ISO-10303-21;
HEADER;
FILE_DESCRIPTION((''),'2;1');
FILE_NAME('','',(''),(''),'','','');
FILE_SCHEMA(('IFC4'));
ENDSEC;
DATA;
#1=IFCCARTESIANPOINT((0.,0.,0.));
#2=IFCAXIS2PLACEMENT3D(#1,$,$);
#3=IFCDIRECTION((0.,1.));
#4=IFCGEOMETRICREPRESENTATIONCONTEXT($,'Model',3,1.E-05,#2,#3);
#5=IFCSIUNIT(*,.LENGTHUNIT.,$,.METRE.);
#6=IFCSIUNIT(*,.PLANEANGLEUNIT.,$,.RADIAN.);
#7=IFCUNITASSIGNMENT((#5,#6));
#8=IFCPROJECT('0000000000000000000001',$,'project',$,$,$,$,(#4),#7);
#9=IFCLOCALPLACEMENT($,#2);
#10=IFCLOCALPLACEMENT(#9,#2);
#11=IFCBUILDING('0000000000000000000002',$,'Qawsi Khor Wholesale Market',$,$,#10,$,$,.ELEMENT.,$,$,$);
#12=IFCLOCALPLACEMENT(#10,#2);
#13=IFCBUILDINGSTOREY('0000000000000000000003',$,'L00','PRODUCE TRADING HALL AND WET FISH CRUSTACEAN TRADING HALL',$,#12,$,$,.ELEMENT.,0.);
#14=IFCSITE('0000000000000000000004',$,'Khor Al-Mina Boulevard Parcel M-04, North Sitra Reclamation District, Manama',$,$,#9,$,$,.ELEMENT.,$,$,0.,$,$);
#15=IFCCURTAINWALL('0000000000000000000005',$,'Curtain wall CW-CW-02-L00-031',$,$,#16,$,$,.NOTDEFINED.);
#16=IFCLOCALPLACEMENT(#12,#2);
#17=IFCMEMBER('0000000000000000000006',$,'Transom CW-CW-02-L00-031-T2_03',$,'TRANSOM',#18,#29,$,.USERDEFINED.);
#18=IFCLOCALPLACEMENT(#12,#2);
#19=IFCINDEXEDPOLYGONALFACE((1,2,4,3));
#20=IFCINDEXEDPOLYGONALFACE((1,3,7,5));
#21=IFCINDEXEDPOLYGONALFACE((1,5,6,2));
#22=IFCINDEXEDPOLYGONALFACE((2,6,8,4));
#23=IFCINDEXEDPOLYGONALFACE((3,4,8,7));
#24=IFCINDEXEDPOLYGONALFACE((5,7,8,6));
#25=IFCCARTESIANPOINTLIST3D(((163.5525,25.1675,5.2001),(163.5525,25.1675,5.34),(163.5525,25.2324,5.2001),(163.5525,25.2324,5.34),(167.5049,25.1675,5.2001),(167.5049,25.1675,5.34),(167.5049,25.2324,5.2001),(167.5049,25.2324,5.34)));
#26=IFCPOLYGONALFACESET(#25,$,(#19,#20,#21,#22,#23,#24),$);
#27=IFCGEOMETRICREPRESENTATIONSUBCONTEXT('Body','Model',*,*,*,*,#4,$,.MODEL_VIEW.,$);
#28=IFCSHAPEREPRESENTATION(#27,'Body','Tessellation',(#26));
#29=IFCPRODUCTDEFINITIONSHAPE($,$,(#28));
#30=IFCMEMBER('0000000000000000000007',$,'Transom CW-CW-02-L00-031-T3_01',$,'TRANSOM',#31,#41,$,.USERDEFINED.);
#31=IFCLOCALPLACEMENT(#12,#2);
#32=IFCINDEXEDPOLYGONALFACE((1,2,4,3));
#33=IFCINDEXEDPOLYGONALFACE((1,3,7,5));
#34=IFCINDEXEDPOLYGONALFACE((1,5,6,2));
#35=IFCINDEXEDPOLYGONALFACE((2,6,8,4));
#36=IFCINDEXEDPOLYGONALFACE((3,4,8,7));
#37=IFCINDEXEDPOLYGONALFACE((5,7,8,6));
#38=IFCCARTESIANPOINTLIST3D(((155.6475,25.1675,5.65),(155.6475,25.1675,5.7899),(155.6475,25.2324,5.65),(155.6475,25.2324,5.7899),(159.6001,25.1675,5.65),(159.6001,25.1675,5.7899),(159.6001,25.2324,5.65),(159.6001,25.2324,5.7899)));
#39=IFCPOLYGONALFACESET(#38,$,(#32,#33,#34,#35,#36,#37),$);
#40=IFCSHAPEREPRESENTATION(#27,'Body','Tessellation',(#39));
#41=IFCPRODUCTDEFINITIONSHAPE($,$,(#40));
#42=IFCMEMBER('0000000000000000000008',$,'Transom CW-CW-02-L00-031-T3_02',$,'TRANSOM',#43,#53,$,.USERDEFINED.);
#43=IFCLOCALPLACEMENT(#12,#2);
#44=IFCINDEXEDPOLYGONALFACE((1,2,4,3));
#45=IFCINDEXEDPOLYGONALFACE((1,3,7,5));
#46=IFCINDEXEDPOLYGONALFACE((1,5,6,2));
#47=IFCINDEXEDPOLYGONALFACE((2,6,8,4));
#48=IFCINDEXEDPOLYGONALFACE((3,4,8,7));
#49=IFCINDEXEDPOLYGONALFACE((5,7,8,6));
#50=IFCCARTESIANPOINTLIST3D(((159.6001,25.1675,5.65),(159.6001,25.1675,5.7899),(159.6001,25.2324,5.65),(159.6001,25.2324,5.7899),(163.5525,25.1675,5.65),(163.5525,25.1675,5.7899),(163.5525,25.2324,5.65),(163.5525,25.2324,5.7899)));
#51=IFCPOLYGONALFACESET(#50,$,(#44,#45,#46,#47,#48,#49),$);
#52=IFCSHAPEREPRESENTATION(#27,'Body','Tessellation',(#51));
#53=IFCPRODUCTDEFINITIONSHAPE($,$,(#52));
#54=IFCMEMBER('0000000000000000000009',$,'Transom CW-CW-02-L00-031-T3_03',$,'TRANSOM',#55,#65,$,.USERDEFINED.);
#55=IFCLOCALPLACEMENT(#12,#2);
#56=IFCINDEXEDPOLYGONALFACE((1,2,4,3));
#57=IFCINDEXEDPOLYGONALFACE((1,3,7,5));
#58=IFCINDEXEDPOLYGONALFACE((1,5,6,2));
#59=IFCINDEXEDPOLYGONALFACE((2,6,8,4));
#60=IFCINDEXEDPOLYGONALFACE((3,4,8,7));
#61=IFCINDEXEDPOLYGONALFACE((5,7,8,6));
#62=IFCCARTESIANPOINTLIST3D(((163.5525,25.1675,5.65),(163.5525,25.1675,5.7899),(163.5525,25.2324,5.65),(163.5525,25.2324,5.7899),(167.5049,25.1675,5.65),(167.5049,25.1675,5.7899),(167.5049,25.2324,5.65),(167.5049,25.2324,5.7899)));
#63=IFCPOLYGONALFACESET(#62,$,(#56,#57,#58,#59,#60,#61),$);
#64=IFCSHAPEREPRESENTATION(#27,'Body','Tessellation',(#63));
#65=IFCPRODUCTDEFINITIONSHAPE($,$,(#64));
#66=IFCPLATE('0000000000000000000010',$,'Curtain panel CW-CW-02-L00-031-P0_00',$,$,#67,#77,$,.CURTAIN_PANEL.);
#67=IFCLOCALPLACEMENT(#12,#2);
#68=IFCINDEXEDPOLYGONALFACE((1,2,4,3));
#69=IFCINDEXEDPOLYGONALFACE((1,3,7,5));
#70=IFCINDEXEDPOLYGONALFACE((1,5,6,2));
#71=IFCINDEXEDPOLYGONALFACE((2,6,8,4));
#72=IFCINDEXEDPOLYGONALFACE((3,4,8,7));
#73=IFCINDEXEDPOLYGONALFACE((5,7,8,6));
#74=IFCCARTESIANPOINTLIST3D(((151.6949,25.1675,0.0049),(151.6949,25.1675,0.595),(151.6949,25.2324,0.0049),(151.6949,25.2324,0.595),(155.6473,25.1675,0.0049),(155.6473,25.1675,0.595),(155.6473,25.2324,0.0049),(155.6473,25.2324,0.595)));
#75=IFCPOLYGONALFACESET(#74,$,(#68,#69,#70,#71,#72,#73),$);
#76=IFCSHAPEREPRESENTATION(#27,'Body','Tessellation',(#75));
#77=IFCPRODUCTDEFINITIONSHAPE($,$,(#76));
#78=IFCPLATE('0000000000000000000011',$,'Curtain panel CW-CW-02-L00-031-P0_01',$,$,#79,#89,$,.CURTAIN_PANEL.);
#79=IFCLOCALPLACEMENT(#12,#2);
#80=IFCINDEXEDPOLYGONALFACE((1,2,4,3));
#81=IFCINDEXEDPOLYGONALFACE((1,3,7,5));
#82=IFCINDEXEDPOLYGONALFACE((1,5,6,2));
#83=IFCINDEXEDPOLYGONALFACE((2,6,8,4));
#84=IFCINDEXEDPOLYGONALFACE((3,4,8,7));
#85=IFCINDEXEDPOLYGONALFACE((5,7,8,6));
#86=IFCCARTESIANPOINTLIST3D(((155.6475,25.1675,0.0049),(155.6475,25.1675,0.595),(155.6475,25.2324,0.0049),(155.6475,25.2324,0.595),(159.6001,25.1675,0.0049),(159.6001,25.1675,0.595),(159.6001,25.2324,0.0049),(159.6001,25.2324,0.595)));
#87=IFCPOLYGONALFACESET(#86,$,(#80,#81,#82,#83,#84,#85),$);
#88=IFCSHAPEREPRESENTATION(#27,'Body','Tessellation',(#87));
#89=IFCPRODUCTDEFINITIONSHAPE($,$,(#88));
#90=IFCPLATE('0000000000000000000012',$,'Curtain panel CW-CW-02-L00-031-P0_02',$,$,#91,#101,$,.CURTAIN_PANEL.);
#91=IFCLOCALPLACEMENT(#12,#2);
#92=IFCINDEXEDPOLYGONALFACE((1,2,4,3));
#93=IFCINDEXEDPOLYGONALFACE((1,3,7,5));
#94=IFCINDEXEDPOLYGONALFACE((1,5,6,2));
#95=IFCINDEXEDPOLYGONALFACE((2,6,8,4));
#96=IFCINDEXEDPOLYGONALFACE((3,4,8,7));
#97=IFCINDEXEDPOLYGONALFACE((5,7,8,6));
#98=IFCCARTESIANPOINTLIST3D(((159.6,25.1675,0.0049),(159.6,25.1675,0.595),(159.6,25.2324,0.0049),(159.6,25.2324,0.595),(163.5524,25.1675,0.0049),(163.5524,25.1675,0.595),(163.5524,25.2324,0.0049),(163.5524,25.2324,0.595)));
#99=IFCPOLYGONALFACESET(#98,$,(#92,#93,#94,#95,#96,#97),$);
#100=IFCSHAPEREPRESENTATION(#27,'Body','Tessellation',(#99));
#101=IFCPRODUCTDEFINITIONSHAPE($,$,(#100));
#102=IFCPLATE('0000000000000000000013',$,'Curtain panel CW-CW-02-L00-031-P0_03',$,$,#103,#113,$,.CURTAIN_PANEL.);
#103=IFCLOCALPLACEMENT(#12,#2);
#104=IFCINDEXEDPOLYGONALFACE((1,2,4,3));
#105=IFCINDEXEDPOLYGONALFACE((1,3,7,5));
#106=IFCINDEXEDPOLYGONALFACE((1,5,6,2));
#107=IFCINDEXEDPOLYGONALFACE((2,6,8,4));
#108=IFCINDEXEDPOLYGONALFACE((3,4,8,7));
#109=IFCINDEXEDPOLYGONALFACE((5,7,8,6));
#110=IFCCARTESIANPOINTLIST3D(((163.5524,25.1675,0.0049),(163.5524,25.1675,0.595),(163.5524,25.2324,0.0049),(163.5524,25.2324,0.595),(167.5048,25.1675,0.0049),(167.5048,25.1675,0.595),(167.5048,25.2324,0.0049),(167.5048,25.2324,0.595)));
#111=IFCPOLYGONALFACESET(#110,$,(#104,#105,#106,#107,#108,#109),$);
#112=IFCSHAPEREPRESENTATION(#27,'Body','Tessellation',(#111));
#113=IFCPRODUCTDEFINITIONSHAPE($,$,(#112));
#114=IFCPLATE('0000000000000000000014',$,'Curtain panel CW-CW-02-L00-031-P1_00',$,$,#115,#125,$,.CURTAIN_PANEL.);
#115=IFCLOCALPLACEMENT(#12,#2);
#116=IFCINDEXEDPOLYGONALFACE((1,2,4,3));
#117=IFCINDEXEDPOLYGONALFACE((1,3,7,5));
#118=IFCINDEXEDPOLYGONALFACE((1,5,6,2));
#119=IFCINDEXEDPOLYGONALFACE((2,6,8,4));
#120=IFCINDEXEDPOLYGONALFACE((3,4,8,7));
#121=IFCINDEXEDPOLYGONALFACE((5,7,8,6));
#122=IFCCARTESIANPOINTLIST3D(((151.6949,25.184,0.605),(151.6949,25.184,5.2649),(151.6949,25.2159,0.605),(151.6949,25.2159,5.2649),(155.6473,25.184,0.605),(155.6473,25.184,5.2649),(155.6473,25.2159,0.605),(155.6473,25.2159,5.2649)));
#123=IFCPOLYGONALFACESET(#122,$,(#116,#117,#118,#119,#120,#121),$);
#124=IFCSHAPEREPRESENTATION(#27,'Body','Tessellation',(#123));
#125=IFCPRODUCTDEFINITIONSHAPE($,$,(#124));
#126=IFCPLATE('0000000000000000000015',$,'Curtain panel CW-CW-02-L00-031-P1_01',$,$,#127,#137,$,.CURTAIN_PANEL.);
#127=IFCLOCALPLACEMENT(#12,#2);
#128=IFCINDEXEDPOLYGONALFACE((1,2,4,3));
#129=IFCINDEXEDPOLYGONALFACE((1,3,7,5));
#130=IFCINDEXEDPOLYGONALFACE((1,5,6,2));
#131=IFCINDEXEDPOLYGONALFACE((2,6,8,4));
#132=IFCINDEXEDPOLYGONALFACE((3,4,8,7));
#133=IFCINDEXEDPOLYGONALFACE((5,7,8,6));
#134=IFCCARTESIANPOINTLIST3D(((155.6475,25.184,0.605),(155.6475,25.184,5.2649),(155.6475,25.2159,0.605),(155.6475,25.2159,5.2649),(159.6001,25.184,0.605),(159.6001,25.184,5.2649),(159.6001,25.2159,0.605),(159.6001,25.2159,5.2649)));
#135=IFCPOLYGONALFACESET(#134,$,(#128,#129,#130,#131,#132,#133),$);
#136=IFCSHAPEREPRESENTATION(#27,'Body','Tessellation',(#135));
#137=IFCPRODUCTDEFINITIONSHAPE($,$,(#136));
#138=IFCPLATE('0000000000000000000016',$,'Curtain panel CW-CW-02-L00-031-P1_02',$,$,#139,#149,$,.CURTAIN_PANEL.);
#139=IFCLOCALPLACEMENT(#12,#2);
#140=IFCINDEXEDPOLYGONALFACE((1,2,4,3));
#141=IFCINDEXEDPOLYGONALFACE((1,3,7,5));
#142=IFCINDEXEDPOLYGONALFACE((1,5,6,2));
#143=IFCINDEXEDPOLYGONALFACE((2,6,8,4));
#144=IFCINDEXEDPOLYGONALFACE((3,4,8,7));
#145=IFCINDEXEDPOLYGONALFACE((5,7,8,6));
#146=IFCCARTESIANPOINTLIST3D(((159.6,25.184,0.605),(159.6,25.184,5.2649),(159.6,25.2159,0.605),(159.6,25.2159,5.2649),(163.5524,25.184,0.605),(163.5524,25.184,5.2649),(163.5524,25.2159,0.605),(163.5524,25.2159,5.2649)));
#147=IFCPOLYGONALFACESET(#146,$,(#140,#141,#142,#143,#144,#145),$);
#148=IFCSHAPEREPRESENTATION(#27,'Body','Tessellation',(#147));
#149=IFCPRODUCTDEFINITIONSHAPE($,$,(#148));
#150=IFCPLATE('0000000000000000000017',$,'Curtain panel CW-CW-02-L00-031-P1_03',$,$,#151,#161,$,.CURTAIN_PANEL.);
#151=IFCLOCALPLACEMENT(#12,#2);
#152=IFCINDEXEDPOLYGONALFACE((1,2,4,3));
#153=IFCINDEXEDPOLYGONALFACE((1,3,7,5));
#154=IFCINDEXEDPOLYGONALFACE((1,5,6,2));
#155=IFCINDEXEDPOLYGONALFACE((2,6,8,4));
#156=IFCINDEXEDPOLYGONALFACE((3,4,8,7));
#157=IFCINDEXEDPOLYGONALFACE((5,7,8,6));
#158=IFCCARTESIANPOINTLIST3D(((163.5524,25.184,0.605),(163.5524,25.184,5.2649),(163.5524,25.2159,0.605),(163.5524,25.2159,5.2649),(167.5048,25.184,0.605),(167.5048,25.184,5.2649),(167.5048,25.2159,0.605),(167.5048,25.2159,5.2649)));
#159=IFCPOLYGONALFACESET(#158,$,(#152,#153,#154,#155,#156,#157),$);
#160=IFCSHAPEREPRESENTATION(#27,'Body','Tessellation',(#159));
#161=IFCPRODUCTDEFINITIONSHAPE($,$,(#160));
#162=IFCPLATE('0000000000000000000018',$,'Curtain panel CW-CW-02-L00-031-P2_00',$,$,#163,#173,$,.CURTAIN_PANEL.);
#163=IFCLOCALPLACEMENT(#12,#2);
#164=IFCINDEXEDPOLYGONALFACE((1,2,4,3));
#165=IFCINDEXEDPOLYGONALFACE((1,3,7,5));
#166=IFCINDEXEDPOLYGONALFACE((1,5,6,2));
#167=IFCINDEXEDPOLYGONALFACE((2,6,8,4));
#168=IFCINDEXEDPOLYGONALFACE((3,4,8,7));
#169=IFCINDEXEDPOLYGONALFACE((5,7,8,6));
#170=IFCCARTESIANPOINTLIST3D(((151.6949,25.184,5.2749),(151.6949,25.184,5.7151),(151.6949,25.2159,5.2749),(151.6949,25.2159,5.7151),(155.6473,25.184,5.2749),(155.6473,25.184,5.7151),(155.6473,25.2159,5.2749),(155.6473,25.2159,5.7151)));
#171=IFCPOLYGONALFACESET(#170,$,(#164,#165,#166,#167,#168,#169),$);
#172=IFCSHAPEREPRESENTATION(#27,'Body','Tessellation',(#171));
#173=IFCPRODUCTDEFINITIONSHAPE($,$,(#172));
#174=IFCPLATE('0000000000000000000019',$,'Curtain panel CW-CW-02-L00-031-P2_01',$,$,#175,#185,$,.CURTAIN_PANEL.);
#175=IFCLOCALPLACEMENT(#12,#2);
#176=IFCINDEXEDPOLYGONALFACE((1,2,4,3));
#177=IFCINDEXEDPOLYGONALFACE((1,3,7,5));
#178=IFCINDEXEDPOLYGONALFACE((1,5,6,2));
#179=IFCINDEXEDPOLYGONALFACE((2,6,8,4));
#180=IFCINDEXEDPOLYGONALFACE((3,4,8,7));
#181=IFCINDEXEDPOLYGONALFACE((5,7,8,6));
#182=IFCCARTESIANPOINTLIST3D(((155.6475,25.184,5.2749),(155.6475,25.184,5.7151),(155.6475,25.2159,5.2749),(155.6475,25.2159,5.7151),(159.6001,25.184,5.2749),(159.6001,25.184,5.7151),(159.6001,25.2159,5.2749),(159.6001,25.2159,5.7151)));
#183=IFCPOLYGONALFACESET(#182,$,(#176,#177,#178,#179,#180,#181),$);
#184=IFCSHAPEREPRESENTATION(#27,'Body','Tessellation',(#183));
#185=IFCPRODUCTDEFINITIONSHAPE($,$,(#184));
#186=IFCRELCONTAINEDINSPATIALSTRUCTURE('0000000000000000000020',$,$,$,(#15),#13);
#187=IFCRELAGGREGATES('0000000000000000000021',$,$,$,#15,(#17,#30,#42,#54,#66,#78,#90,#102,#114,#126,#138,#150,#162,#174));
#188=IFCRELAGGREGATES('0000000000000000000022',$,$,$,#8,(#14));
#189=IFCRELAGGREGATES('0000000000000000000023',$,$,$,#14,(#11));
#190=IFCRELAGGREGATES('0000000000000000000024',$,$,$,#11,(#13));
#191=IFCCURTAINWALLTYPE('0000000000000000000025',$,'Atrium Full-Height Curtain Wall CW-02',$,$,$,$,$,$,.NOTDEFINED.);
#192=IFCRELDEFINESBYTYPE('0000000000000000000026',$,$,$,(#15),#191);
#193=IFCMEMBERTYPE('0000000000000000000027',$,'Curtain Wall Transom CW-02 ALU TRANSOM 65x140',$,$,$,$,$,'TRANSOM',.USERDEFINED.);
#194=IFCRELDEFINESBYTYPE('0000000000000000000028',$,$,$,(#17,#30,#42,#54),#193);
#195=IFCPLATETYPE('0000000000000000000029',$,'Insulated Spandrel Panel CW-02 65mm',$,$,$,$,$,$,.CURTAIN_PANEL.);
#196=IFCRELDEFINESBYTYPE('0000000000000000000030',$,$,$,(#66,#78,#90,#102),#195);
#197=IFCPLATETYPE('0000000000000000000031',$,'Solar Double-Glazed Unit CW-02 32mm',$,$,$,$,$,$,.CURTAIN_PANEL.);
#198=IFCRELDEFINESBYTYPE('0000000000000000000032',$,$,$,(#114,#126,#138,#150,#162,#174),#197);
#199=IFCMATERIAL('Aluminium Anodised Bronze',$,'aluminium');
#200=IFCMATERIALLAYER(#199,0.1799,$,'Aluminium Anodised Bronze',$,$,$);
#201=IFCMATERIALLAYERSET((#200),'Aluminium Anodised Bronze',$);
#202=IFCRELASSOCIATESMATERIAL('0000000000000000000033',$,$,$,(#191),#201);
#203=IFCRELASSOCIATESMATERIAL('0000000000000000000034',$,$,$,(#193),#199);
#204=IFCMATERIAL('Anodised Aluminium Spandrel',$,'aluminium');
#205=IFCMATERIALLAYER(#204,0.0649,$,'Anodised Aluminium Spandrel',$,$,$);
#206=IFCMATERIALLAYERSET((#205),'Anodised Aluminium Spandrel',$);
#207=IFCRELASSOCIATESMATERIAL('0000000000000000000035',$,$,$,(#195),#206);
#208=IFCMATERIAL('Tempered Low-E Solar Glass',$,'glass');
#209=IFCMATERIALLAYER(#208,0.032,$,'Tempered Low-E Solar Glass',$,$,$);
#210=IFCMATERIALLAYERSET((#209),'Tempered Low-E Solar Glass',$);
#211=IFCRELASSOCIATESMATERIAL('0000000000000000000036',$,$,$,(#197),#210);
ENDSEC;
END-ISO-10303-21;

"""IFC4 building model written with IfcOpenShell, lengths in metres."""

from ifc_helpers import new_model, si_unit, direction, frame, frame_2d, origin, origin_2d, place, context, subcontext, project, spatial, rectangle, extrude, material, layer, layer_set, material_profile, profile_set, type_object, element, aggregate, save


model = new_model("IFC4")

# Units and contexts
model_context = context("Model", 3, precision=1e-05, world=origin(), true_north=direction((0.0, 1.0)))
body_context = subcontext(model_context, "Body", "Model", "MODEL_VIEW")
ifc_project = project(units=[si_unit("LENGTHUNIT", "METRE"), si_unit("PLANEANGLEUNIT", "RADIAN")], contexts=[model_context])

# Site, building, storey
site_placement = place(None, origin())
site = spatial("IfcSite", under=ifc_project, at=site_placement, Name="Khor Al-Mina Boulevard Parcel M-04, North Sitra Reclamation District, Manama", CompositionType="ELEMENT", RefElevation=0.0)
building_placement = place(site_placement, origin())
building = spatial("IfcBuilding", under=site, at=building_placement, Name="Qawsi Khor Wholesale Market", CompositionType="ELEMENT")
storey_placement = place(building_placement, origin())
storey = spatial("IfcBuildingStorey", under=building, at=storey_placement, Name="L00", Description="PRODUCE TRADING HALL AND WET FISH CRUSTACEAN TRADING HALL", CompositionType="ELEMENT", Elevation=0.0)

# Curtain wall, members, plates
ifc_material_1 = material(Name="Aluminium Anodised Bronze", Category="aluminium")
ifc_layer_1 = layer(ifc_material_1, 0.1799, Name="Aluminium Anodised Bronze")
ifc_layer_set_1 = layer_set([ifc_layer_1], Name="Aluminium Anodised Bronze")
curtain_wall_type = type_object("IfcCurtainWallType", Name="Atrium Full-Height Curtain Wall CW-02", PredefinedType="NOTDEFINED", material=ifc_layer_set_1)
curtain_wall_placement = place(storey_placement, origin())
curtain_wall = element("IfcCurtainWall", 1, at=curtain_wall_placement, inside=storey, type_object=curtain_wall_type, Name="Curtain wall CW-CW-02-L00-031", PredefinedType="NOTDEFINED")
ifc_material_profile_1 = material_profile(ifc_material_1, rectangle(XDim=0.0649, YDim=0.1399, at=origin_2d()), Name="ALU TRANSOM 65x140")
ifc_profile_set_1 = profile_set([ifc_material_profile_1], Name="Aluminium Anodised Bronze")
member_type_1 = type_object("IfcMemberType", Name="Curtain Wall Transom CW-02 ALU TRANSOM 65x140", ElementType="TRANSOM", PredefinedType="USERDEFINED", material=ifc_profile_set_1)
member_1_placement = place(storey_placement, frame((163.5525, 25.2, 5.27), z_axis=(1.0, 0.0, 0.0), x_axis=(0.0, 1.0, 0.0)))
member_1 = element("IfcMember", 2, at=member_1_placement, type_object=member_type_1, Name="Transom CW-CW-02-L00-031-T2_03", ObjectType="TRANSOM", PredefinedType="USERDEFINED", context=body_context, shape_type="SweptSolid", body=[
    extrude(rectangle(XDim=0.0649, YDim=0.1399, at=origin_2d()), origin(), (0.0, 0.0, 1.0), 3.9524),
])
member_2_placement = place(storey_placement, frame((155.6475, 25.2, 5.72), z_axis=(1.0, 0.0, 0.0), x_axis=(0.0, 1.0, 0.0)))
member_2 = element("IfcMember", 3, at=member_2_placement, type_object=member_type_1, Name="Transom CW-CW-02-L00-031-T3_01", ObjectType="TRANSOM", PredefinedType="USERDEFINED", context=body_context, shape_type="SweptSolid", body=[
    extrude(rectangle(XDim=0.0649, YDim=0.1399, at=origin_2d()), origin(), (0.0, 0.0, 1.0), 3.9526),
])
member_3_placement = place(storey_placement, frame((159.6001, 25.2, 5.72), z_axis=(1.0, 0.0, 0.0), x_axis=(0.0, 1.0, 0.0)))
member_3 = element("IfcMember", 4, at=member_3_placement, type_object=member_type_1, Name="Transom CW-CW-02-L00-031-T3_02", ObjectType="TRANSOM", PredefinedType="USERDEFINED", context=body_context, shape_type="SweptSolid", body=[
    extrude(rectangle(XDim=0.0649, YDim=0.1399, at=origin_2d()), origin(), (0.0, 0.0, 1.0), 3.9524),
])
member_4_placement = place(storey_placement, frame((163.5525, 25.2, 5.72), z_axis=(1.0, 0.0, 0.0), x_axis=(0.0, 1.0, 0.0)))
member_4 = element("IfcMember", 5, at=member_4_placement, type_object=member_type_1, Name="Transom CW-CW-02-L00-031-T3_03", ObjectType="TRANSOM", PredefinedType="USERDEFINED", context=body_context, shape_type="SweptSolid", body=[
    extrude(rectangle(XDim=0.0649, YDim=0.1399, at=origin_2d()), origin(), (0.0, 0.0, 1.0), 3.9524),
])
ifc_material_2 = material(Name="Anodised Aluminium Spandrel", Category="aluminium")
ifc_layer_2 = layer(ifc_material_2, 0.0649, Name="Anodised Aluminium Spandrel")
ifc_layer_set_2 = layer_set([ifc_layer_2], Name="Anodised Aluminium Spandrel")
plate_type_1 = type_object("IfcPlateType", Name="Insulated Spandrel Panel CW-02 65mm", PredefinedType="CURTAIN_PANEL", material=ifc_layer_set_2)
plate_1_placement = place(storey_placement, frame((151.6951, 25.2, 0.0049), z_axis=(0.0, 0.0, 1.0), x_axis=(1.0, 0.0, 0.0)))
plate_1 = element("IfcPlate", 6, at=plate_1_placement, type_object=plate_type_1, Name="Curtain panel CW-CW-02-L00-031-P0_00", PredefinedType="CURTAIN_PANEL", context=body_context, shape_type="SweptSolid", body=[
    extrude(rectangle(XDim=3.9524, YDim=0.0649, at=frame_2d((1.9761, 0.0))), origin(), (0.0, 0.0, 1.0), 0.5901),
])
plate_2_placement = place(storey_placement, frame((155.6475, 25.2, 0.0049), z_axis=(0.0, 0.0, 1.0), x_axis=(1.0, 0.0, 0.0)))
plate_2 = element("IfcPlate", 7, at=plate_2_placement, type_object=plate_type_1, Name="Curtain panel CW-CW-02-L00-031-P0_01", PredefinedType="CURTAIN_PANEL", context=body_context, shape_type="SweptSolid", body=[
    extrude(rectangle(XDim=3.9526, YDim=0.0649, at=frame_2d((1.9763, 0.0))), origin(), (0.0, 0.0, 1.0), 0.5901),
])
plate_3_placement = place(storey_placement, frame((159.6001, 25.2, 0.0049), z_axis=(0.0, 0.0, 1.0), x_axis=(1.0, 0.0, 0.0)))
plate_3 = element("IfcPlate", 8, at=plate_3_placement, type_object=plate_type_1, Name="Curtain panel CW-CW-02-L00-031-P0_02", PredefinedType="CURTAIN_PANEL", context=body_context, shape_type="SweptSolid", body=[
    extrude(rectangle(XDim=3.9524, YDim=0.0649, at=frame_2d((1.9761, 0.0))), origin(), (0.0, 0.0, 1.0), 0.5901),
])
plate_4_placement = place(storey_placement, frame((163.5525, 25.2, 0.0049), z_axis=(0.0, 0.0, 1.0), x_axis=(1.0, 0.0, 0.0)))
plate_4 = element("IfcPlate", 9, at=plate_4_placement, type_object=plate_type_1, Name="Curtain panel CW-CW-02-L00-031-P0_03", PredefinedType="CURTAIN_PANEL", context=body_context, shape_type="SweptSolid", body=[
    extrude(rectangle(XDim=3.9524, YDim=0.0649, at=frame_2d((1.9761, 0.0))), origin(), (0.0, 0.0, 1.0), 0.5901),
])
ifc_material_3 = material(Name="Tempered Low-E Solar Glass", Category="glass")
ifc_layer_3 = layer(ifc_material_3, 0.032, Name="Tempered Low-E Solar Glass")
ifc_layer_set_3 = layer_set([ifc_layer_3], Name="Tempered Low-E Solar Glass")
plate_type_2 = type_object("IfcPlateType", Name="Solar Double-Glazed Unit CW-02 32mm", PredefinedType="CURTAIN_PANEL", material=ifc_layer_set_3)
plate_5_placement = place(storey_placement, frame((151.6951, 25.2, 0.605), z_axis=(0.0, 0.0, 1.0), x_axis=(1.0, 0.0, 0.0)))
plate_5 = element("IfcPlate", 10, at=plate_5_placement, type_object=plate_type_2, Name="Curtain panel CW-CW-02-L00-031-P1_00", PredefinedType="CURTAIN_PANEL", context=body_context, shape_type="SweptSolid", body=[
    extrude(rectangle(XDim=3.9524, YDim=0.032, at=frame_2d((1.9761, 0.0))), origin(), (0.0, 0.0, 1.0), 4.6599),
])
plate_6_placement = place(storey_placement, frame((155.6475, 25.2, 0.605), z_axis=(0.0, 0.0, 1.0), x_axis=(1.0, 0.0, 0.0)))
plate_6 = element("IfcPlate", 11, at=plate_6_placement, type_object=plate_type_2, Name="Curtain panel CW-CW-02-L00-031-P1_01", PredefinedType="CURTAIN_PANEL", context=body_context, shape_type="SweptSolid", body=[
    extrude(rectangle(XDim=3.9526, YDim=0.032, at=frame_2d((1.9763, 0.0))), origin(), (0.0, 0.0, 1.0), 4.6599),
])
plate_7_placement = place(storey_placement, frame((159.6001, 25.2, 0.605), z_axis=(0.0, 0.0, 1.0), x_axis=(1.0, 0.0, 0.0)))
plate_7 = element("IfcPlate", 12, at=plate_7_placement, type_object=plate_type_2, Name="Curtain panel CW-CW-02-L00-031-P1_02", PredefinedType="CURTAIN_PANEL", context=body_context, shape_type="SweptSolid", body=[
    extrude(rectangle(XDim=3.9524, YDim=0.032, at=frame_2d((1.9761, 0.0))), origin(), (0.0, 0.0, 1.0), 4.6599),
])
plate_8_placement = place(storey_placement, frame((163.5525, 25.2, 0.605), z_axis=(0.0, 0.0, 1.0), x_axis=(1.0, 0.0, 0.0)))
plate_8 = element("IfcPlate", 13, at=plate_8_placement, type_object=plate_type_2, Name="Curtain panel CW-CW-02-L00-031-P1_03", PredefinedType="CURTAIN_PANEL", context=body_context, shape_type="SweptSolid", body=[
    extrude(rectangle(XDim=3.9524, YDim=0.032, at=frame_2d((1.9761, 0.0))), origin(), (0.0, 0.0, 1.0), 4.6599),
])
plate_9_placement = place(storey_placement, frame((151.6951, 25.2, 5.2749), z_axis=(0.0, 0.0, 1.0), x_axis=(1.0, 0.0, 0.0)))
plate_9 = element("IfcPlate", 14, at=plate_9_placement, type_object=plate_type_2, Name="Curtain panel CW-CW-02-L00-031-P2_00", PredefinedType="CURTAIN_PANEL", context=body_context, shape_type="SweptSolid", body=[
    extrude(rectangle(XDim=3.9524, YDim=0.032, at=frame_2d((1.9761, 0.0))), origin(), (0.0, 0.0, 1.0), 0.4402),
])
plate_10_placement = place(storey_placement, frame((155.6475, 25.2, 5.2749), z_axis=(0.0, 0.0, 1.0), x_axis=(1.0, 0.0, 0.0)))
plate_10 = element("IfcPlate", 15, at=plate_10_placement, type_object=plate_type_2, Name="Curtain panel CW-CW-02-L00-031-P2_01", PredefinedType="CURTAIN_PANEL", context=body_context, shape_type="SweptSolid", body=[
    extrude(rectangle(XDim=3.9526, YDim=0.032, at=frame_2d((1.9763, 0.0))), origin(), (0.0, 0.0, 1.0), 0.4402),
])
aggregate(curtain_wall, [member_1, member_2, member_3, member_4, plate_1, plate_2, plate_3, plate_4, plate_5, plate_6, plate_7, plate_8, plate_9, plate_10])

save(model, "model.ifc")
